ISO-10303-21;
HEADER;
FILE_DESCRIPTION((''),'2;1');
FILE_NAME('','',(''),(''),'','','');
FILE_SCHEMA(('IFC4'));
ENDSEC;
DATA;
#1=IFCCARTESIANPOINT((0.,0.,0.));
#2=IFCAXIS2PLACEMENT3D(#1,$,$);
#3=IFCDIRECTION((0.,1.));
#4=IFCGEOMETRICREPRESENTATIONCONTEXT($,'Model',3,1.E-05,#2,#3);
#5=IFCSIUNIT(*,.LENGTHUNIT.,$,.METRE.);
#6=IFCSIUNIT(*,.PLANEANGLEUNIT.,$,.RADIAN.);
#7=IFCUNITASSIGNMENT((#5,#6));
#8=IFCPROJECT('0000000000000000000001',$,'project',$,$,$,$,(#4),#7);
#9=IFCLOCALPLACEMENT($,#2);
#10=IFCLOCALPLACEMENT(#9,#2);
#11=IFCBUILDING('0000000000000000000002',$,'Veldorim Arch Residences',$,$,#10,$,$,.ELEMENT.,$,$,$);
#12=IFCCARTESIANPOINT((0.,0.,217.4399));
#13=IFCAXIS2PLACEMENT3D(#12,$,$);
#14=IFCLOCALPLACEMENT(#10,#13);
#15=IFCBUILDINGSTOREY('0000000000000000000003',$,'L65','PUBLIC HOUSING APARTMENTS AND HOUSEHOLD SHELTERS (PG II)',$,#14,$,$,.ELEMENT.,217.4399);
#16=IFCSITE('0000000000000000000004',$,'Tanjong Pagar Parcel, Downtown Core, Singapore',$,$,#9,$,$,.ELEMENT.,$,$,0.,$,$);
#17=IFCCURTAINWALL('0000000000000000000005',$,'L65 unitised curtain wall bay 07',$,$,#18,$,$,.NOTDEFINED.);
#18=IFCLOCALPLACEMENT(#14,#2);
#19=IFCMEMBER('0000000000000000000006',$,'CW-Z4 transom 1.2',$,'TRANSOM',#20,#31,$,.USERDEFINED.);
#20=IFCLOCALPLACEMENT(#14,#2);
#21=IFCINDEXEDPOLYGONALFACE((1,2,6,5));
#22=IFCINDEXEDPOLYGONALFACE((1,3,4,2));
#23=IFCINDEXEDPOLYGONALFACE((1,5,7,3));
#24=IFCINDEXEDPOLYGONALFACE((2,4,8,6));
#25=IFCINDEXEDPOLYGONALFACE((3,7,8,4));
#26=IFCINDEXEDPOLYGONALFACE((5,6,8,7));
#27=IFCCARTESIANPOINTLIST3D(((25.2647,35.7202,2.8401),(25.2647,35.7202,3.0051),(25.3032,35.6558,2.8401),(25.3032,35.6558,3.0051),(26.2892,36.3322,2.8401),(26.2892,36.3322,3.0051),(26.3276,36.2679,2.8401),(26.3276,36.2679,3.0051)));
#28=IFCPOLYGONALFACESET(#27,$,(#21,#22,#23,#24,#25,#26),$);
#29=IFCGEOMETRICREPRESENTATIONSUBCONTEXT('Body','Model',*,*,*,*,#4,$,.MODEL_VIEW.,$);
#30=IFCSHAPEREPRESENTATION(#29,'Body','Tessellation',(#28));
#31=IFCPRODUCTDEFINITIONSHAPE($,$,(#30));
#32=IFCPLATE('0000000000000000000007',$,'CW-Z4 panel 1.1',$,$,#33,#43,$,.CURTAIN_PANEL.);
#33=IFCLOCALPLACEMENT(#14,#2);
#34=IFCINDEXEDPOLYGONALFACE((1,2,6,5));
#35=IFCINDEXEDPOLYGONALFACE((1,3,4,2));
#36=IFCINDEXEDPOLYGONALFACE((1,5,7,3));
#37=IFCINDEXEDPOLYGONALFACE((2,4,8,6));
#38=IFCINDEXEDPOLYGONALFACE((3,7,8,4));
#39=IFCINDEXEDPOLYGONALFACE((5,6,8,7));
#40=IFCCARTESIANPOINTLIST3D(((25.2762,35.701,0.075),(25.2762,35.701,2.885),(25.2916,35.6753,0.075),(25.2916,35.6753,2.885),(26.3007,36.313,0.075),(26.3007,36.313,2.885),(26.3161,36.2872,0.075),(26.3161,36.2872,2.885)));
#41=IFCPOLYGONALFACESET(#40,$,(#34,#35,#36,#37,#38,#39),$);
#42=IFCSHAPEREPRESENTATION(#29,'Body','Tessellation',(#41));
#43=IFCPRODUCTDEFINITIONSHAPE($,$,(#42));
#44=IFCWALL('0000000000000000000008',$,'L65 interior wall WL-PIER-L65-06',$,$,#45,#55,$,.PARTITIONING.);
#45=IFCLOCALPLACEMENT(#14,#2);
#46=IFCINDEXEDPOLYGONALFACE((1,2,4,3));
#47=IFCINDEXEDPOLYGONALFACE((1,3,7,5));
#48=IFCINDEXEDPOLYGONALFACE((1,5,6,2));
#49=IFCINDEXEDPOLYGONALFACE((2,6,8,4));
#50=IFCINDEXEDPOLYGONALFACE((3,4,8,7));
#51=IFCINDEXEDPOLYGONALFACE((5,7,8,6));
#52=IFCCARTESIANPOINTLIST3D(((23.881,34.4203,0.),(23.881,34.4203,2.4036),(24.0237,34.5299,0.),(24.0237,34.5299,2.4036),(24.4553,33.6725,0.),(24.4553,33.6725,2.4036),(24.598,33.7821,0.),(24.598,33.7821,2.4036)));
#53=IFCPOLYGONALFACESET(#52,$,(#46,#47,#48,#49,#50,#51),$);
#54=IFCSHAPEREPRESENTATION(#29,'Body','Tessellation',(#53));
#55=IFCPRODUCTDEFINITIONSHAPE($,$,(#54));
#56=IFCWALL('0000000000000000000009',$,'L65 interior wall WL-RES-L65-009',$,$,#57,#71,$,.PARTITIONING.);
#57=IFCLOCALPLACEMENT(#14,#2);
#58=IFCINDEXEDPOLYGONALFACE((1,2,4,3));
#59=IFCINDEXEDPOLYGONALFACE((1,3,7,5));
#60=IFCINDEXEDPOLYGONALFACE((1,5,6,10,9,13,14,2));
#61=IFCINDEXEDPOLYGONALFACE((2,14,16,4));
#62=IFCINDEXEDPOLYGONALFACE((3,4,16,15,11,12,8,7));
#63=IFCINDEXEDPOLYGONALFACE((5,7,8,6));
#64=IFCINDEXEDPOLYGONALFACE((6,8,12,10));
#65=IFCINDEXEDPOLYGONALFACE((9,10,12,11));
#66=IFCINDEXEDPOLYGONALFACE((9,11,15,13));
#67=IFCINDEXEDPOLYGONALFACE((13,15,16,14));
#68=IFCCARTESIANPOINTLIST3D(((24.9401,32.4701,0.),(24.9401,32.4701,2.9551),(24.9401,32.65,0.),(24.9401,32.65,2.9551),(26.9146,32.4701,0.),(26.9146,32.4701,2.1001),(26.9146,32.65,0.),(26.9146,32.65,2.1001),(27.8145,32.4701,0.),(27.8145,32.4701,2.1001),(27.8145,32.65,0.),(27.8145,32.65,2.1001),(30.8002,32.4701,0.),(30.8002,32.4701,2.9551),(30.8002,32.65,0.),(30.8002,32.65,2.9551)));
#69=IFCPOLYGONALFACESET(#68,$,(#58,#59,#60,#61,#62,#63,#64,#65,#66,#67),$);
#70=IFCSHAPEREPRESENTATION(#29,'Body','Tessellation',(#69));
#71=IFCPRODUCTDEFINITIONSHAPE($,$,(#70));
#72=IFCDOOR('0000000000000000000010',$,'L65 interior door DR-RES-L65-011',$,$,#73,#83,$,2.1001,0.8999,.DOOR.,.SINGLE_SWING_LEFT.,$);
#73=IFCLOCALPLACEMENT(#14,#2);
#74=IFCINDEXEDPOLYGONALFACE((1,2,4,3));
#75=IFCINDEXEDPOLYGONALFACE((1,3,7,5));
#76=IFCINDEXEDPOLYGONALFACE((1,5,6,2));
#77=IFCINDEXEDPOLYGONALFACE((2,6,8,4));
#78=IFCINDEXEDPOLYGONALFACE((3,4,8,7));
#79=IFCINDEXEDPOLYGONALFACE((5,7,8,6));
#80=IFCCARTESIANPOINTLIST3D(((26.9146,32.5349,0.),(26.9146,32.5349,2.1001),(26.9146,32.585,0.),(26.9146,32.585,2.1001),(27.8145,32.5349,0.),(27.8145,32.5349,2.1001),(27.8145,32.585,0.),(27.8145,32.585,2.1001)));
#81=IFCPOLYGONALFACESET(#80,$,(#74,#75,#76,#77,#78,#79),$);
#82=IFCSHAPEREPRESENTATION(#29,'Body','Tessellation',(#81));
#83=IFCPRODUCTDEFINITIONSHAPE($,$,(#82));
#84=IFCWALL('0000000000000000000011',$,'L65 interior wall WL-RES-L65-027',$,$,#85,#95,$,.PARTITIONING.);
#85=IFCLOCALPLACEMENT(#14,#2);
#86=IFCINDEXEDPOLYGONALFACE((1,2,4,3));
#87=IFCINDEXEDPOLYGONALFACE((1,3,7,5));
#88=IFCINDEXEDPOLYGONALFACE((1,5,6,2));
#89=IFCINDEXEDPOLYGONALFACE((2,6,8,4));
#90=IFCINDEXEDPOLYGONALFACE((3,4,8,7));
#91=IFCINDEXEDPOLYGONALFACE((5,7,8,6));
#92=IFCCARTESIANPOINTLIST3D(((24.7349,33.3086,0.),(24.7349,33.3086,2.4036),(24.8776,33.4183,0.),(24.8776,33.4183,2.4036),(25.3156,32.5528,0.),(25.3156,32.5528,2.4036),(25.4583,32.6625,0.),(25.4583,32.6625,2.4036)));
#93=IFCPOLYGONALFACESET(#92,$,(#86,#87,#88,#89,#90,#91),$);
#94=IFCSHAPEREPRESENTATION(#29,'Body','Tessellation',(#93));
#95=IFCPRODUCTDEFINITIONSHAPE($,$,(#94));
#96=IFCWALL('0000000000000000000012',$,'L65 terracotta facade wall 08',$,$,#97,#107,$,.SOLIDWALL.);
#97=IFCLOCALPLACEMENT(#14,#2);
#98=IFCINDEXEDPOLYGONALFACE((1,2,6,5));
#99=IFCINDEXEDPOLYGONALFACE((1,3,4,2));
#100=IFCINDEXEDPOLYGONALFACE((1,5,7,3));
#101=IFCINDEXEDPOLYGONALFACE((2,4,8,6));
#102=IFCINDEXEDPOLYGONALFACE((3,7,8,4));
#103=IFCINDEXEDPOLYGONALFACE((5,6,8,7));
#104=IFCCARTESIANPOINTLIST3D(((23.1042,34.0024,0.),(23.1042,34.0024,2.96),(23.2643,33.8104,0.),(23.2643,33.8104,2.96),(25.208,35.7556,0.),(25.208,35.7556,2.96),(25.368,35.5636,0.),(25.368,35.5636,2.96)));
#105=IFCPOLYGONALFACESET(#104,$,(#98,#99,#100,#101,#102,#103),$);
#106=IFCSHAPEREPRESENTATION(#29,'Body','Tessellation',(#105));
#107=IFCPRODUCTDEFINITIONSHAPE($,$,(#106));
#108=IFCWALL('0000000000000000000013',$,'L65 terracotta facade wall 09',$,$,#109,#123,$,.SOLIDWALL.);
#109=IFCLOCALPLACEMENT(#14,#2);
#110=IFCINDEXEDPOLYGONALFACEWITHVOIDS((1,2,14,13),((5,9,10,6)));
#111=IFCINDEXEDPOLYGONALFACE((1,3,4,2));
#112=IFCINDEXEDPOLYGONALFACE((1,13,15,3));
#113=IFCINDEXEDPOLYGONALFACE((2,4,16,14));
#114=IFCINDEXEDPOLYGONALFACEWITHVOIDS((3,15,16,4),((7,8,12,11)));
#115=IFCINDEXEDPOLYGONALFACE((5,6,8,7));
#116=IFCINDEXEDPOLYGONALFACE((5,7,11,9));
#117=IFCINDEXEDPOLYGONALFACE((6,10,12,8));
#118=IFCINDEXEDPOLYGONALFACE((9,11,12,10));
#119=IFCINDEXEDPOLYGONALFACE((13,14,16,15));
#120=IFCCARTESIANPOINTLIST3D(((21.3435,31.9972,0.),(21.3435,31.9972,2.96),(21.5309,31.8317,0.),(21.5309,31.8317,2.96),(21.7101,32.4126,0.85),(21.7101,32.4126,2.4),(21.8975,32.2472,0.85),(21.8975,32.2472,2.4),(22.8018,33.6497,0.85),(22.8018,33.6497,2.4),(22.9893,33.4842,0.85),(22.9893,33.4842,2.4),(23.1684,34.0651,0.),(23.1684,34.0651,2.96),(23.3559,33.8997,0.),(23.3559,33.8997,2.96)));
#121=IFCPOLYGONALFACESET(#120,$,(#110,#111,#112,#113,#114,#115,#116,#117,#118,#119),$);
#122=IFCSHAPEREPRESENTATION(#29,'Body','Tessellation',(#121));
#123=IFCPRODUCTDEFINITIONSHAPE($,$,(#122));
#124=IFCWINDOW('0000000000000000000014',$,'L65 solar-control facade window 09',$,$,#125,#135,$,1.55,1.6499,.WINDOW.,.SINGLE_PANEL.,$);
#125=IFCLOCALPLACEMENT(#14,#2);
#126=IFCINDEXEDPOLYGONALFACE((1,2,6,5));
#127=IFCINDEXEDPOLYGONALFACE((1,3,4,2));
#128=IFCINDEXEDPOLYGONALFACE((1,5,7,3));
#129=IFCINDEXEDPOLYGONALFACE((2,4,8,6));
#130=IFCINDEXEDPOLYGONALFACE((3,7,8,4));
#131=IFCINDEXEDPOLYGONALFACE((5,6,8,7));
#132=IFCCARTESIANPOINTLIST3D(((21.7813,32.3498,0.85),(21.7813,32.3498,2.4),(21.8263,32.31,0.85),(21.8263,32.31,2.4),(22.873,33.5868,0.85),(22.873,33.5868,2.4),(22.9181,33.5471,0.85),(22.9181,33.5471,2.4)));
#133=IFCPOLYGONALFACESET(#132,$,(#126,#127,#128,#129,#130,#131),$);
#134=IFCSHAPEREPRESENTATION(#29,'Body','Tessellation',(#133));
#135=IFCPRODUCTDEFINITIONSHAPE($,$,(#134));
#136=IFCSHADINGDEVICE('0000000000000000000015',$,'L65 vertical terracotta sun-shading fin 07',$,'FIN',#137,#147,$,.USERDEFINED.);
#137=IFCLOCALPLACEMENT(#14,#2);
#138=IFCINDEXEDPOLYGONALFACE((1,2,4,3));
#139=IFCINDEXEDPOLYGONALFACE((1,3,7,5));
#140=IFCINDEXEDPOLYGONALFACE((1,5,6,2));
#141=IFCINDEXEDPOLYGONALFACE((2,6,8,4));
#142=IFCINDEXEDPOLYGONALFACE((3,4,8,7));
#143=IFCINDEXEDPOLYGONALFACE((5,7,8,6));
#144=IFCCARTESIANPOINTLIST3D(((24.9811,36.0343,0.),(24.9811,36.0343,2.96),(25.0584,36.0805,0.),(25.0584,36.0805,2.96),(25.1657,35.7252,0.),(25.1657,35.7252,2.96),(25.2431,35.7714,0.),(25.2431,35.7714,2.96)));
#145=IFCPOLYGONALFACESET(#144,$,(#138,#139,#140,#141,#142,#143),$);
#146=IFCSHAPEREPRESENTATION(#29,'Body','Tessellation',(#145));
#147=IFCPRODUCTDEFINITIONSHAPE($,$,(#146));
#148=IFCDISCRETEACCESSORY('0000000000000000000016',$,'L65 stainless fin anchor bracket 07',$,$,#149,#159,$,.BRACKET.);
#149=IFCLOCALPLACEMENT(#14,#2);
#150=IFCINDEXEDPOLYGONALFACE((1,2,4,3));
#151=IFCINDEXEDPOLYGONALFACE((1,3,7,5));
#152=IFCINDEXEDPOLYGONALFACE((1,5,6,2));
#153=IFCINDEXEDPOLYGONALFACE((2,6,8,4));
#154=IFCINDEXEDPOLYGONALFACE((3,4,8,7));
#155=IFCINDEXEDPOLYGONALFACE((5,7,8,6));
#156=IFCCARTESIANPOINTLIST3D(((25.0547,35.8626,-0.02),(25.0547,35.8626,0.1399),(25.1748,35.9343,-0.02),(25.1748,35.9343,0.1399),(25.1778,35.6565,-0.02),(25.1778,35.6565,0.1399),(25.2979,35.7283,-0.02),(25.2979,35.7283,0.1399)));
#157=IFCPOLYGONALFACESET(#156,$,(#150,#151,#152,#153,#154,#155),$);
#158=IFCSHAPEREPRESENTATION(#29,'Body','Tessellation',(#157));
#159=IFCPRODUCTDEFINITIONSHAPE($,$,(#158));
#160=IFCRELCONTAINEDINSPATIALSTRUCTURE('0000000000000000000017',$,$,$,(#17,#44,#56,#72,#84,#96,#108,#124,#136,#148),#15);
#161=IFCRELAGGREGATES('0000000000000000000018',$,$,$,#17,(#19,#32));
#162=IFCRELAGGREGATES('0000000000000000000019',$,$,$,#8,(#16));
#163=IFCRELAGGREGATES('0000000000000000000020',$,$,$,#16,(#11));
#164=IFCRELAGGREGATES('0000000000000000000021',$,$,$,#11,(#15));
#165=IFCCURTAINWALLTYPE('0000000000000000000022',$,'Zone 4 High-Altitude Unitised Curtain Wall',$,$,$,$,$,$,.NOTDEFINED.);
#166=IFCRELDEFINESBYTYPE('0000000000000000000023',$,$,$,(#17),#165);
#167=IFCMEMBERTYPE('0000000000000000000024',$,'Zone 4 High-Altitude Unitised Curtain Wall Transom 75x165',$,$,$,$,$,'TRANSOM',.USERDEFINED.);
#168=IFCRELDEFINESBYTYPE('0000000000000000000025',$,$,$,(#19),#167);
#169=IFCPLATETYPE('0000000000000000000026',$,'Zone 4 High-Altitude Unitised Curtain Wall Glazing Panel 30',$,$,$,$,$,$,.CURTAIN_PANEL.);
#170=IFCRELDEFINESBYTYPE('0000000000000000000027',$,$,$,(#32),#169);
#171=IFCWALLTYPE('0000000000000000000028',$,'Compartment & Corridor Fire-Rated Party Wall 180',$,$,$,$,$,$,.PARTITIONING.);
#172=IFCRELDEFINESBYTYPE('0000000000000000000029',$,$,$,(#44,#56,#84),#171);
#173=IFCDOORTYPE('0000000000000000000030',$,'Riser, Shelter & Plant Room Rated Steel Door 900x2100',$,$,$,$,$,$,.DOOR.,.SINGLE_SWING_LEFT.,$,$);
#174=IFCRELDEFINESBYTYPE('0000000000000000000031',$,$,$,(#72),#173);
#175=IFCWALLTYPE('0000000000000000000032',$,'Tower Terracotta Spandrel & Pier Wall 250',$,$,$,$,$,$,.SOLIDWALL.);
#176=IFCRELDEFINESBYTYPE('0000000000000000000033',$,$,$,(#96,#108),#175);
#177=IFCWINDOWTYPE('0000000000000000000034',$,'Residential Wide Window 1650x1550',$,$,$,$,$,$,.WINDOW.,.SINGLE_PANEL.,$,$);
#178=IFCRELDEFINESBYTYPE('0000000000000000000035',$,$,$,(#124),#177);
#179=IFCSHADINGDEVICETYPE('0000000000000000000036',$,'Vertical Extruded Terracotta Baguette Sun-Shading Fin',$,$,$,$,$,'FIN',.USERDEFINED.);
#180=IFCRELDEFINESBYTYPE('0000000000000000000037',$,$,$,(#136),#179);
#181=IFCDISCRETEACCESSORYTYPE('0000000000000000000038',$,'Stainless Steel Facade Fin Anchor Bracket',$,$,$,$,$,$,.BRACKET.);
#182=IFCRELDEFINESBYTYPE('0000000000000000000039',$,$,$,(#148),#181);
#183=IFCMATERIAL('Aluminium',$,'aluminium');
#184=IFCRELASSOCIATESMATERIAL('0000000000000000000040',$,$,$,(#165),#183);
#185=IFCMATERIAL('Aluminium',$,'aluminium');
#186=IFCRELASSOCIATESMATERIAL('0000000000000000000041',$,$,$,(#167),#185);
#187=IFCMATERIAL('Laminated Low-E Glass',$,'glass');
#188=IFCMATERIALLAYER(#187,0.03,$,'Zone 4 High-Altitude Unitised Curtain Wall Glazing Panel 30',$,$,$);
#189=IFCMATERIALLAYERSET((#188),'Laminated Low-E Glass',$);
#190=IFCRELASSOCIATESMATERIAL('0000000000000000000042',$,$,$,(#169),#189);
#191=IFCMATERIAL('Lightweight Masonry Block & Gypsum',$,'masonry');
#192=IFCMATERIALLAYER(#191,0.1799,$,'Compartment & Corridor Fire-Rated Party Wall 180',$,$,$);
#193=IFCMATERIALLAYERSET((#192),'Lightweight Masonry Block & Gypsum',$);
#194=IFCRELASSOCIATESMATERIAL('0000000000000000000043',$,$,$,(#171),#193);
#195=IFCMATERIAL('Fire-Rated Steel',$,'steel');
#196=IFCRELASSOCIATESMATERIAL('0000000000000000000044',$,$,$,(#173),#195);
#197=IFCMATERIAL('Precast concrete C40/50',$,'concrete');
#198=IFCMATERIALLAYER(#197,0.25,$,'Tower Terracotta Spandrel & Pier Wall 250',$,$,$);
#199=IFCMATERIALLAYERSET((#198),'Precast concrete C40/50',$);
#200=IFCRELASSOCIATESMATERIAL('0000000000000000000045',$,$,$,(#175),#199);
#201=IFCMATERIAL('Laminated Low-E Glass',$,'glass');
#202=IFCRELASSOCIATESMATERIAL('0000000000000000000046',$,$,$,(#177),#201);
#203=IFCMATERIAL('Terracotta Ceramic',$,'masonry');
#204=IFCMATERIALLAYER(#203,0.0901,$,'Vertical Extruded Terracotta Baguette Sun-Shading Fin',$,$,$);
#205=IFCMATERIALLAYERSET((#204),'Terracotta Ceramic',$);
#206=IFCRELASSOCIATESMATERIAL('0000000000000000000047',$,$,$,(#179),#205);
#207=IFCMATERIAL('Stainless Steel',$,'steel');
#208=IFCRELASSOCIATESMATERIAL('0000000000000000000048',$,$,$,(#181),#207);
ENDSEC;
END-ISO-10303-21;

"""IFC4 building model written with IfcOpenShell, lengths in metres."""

from ifc_helpers import new_model, si_unit, direction, frame, frame_2d, origin, origin_2d, place, context, subcontext, project, spatial, rectangle, extrude, material, layer, layer_set, material_profile, profile_set, type_object, element, fill, aggregate, save


model = new_model("IFC4")

# Units and contexts
model_context = context("Model", 3, precision=1e-05, world=origin(), true_north=direction((0.0, 1.0)))
body_context = subcontext(model_context, "Body", "Model", "MODEL_VIEW")
ifc_project = project(units=[si_unit("LENGTHUNIT", "METRE"), si_unit("PLANEANGLEUNIT", "RADIAN")], contexts=[model_context])

# Site, building, storey
site_placement = place(None, origin())
site = spatial("IfcSite", under=ifc_project, at=site_placement, Name="Tanjong Pagar Parcel, Downtown Core, Singapore", CompositionType="ELEMENT", RefElevation=0.0)
building_placement = place(site_placement, origin())
building = spatial("IfcBuilding", under=site, at=building_placement, Name="Veldorim Arch Residences", CompositionType="ELEMENT")
storey_placement = place(building_placement, frame((0.0, 0.0, 217.4399)))
storey = spatial("IfcBuildingStorey", under=building, at=storey_placement, Name="L65", Description="PUBLIC HOUSING APARTMENTS AND HOUSEHOLD SHELTERS (PG II)", CompositionType="ELEMENT", Elevation=217.4399)

# Curtain wall, member, plate
ifc_material_1 = material(Name="Aluminium", Category="aluminium")
curtain_wall_type = type_object("IfcCurtainWallType", Name="Zone 4 High-Altitude Unitised Curtain Wall", PredefinedType="NOTDEFINED", material=ifc_material_1)
curtain_wall_placement = place(storey_placement, origin())
curtain_wall = element("IfcCurtainWall", 1, at=curtain_wall_placement, inside=storey, type_object=curtain_wall_type, Name="L65 unitised curtain wall bay 07", PredefinedType="NOTDEFINED")
ifc_material_2 = material(Name="Aluminium", Category="aluminium")
ifc_material_profile_1 = material_profile(ifc_material_2, rectangle(XDim=0.075, YDim=0.165, at=origin_2d()), Name="ALU_TRN_75x165")
ifc_profile_set_1 = profile_set([ifc_material_profile_1], Name="Aluminium")
member_type_1 = type_object("IfcMemberType", Name="Zone 4 High-Altitude Unitised Curtain Wall Transom 75x165", ElementType="TRANSOM", PredefinedType="USERDEFINED", material=ifc_profile_set_1)
member_1_placement = place(storey_placement, frame((25.2839, 35.688, 2.9226), z_axis=(0.858448, 0.5129, 0.0), x_axis=(-0.5129, 0.858448, 0.0)))
member_1 = element("IfcMember", 2, at=member_1_placement, type_object=member_type_1, Name="CW-Z4 transom 1.2", ObjectType="TRANSOM", PredefinedType="USERDEFINED", context=body_context, shape_type="SweptSolid", body=[
    extrude(rectangle(XDim=0.075, YDim=0.165, at=origin_2d()), origin(), (0.0, 0.0, 1.0), 1.1934),
])
ifc_material_3 = material(Name="Laminated Low-E Glass", Category="glass")
ifc_layer_1 = layer(ifc_material_3, 0.03, Name="Zone 4 High-Altitude Unitised Curtain Wall Glazing Panel 30")
ifc_layer_set_1 = layer_set([ifc_layer_1], Name="Laminated Low-E Glass")
plate_type = type_object("IfcPlateType", Name="Zone 4 High-Altitude Unitised Curtain Wall Glazing Panel 30", PredefinedType="CURTAIN_PANEL", material=ifc_layer_set_1)
plate_placement = place(storey_placement, frame((25.7961, 35.9941, 0.075), z_axis=(0.0, 0.0, 1.0), x_axis=(0.858498, 0.512817, 0.0)))
plate = element("IfcPlate", 3, at=plate_placement, type_object=plate_type, Name="CW-Z4 panel 1.1", PredefinedType="CURTAIN_PANEL", context=body_context, shape_type="SweptSolid", body=[
    extrude(rectangle(XDim=1.1934, YDim=0.03, at=origin_2d()), origin(), (0.0, 0.0, 1.0), 2.8101),
])
aggregate(curtain_wall, [member_1, plate])

# Wall
ifc_material_4 = material(Name="Lightweight Masonry Block & Gypsum", Category="masonry")
ifc_layer_2 = layer(ifc_material_4, 0.1799, Name="Compartment & Corridor Fire-Rated Party Wall 180")
ifc_layer_set_2 = layer_set([ifc_layer_2], Name="Lightweight Masonry Block & Gypsum")
wall_type_1 = type_object("IfcWallType", Name="Compartment & Corridor Fire-Rated Party Wall 180", PredefinedType="PARTITIONING", material=ifc_layer_set_2)
wall_1_placement = place(storey_placement, frame((24.5266, 33.7273, 0.0), z_axis=(0.0, 0.0, 1.0), x_axis=(-0.609035, 0.793144, 0.0)))
element("IfcWall", 4, at=wall_1_placement, inside=storey, type_object=wall_type_1, Name="L65 interior wall WL-PIER-L65-06", PredefinedType="PARTITIONING", context=body_context, shape_type="SweptSolid", body=[
    extrude(rectangle(XDim=0.9429, YDim=0.1799, at=frame_2d((0.4714, 0.0))), origin(), (0.0, 0.0, 1.0), 2.4036),
])

# Wall, opening, door
wall_2_placement = place(storey_placement, frame((24.9399, 32.5601, 0.0), z_axis=(0.0, 0.0, 1.0), x_axis=(1.0, 0.0, 0.0)))
wall_2 = element("IfcWall", 5, at=wall_2_placement, inside=storey, type_object=wall_type_1, Name="L65 interior wall WL-RES-L65-009", PredefinedType="PARTITIONING", context=body_context, shape_type="SweptSolid", body=[
    extrude(rectangle(XDim=5.8601, YDim=0.1799, at=frame_2d((2.9302, 0.0))), origin(), (0.0, 0.0, 1.0), 2.9551),
])
opening_1_placement = place(wall_2_placement, frame((1.9746, 0.0, 0.0)))
opening_1 = element("IfcOpeningElement", 6, at=opening_1_placement, cuts=wall_2, PredefinedType="OPENING", context=body_context, shape_type="SweptSolid", body=[
    extrude(rectangle(XDim=0.8999, YDim=2.1001, at=frame_2d((0.45, 1.05))), frame((0.0, 0.0999, 0.0), z_axis=(0.0, -1.0, 0.0), x_axis=(1.0, 0.0, 0.0)), (0.0, 0.0, 1.0), 0.2),
])
ifc_material_5 = material(Name="Fire-Rated Steel", Category="steel")
door_type_1 = type_object("IfcDoorType", Name="Riser, Shelter & Plant Room Rated Steel Door 900x2100", OperationType="SINGLE_SWING_LEFT", PredefinedType="DOOR", material=ifc_material_5)
door_1_placement = place(opening_1_placement, origin())
door_1 = element("IfcDoor", 7, at=door_1_placement, inside=storey, type_object=door_type_1, Name="L65 interior door DR-RES-L65-011", OperationType="SINGLE_SWING_LEFT", OverallHeight=2.1001, OverallWidth=0.8999, PredefinedType="DOOR", context=body_context, shape_type="SweptSolid", body=[
    extrude(rectangle(XDim=0.8999, YDim=2.1001, at=frame_2d((0.45, 1.05))), frame((0.0, 0.0249, 0.0), z_axis=(0.0, -1.0, 0.0), x_axis=(1.0, 0.0, 0.0)), (0.0, 0.0, 1.0), 0.05),
])
fill(opening_1, door_1)

# Walls
wall_3_placement = place(storey_placement, frame((25.387, 32.6077, 0.0), z_axis=(0.0, 0.0, 1.0), x_axis=(-0.609302, 0.792938, 0.0)))
element("IfcWall", 8, at=wall_3_placement, inside=storey, type_object=wall_type_1, Name="L65 interior wall WL-RES-L65-027", PredefinedType="PARTITIONING", context=body_context, shape_type="SweptSolid", body=[
    extrude(rectangle(XDim=0.9531, YDim=0.1799, at=frame_2d((0.4766, 0.0))), origin(), (0.0, 0.0, 1.0), 2.4036),
])
ifc_material_6 = material(Name="Precast concrete C40/50", Category="concrete")
ifc_layer_3 = layer(ifc_material_6, 0.25, Name="Tower Terracotta Spandrel & Pier Wall 250")
ifc_layer_set_3 = layer_set([ifc_layer_3], Name="Precast concrete C40/50")
wall_type_2 = type_object("IfcWallType", Name="Tower Terracotta Spandrel & Pier Wall 250", PredefinedType="SOLIDWALL", material=ifc_layer_set_3)
wall_4_placement = place(storey_placement, frame((23.1843, 33.9065, 0.0), z_axis=(0.0, 0.0, 1.0), x_axis=(0.768214, 0.640193, 0.0)))
element("IfcWall", 9, at=wall_4_placement, inside=storey, type_object=wall_type_2, Name="L65 terracotta facade wall 08", PredefinedType="SOLIDWALL", context=body_context, shape_type="SweptSolid", body=[
    extrude(rectangle(XDim=2.7385, YDim=0.25, at=frame_2d((1.3691, 0.0))), origin(), (0.0, 0.0, 1.0), 2.96),
])

# Wall, opening, window
wall_5_placement = place(storey_placement, frame((21.4373, 31.9146, 0.0), z_axis=(0.0, 0.0, 1.0), x_axis=(0.661695, 0.749773, 0.0)))
wall_5 = element("IfcWall", 10, at=wall_5_placement, inside=storey, type_object=wall_type_2, Name="L65 terracotta facade wall 09", PredefinedType="SOLIDWALL", context=body_context, shape_type="SweptSolid", body=[
    extrude(rectangle(XDim=2.7581, YDim=0.25, at=frame_2d((1.3789, 0.0))), origin(), (0.0, 0.0, 1.0), 2.96),
])
opening_2_placement = place(wall_5_placement, frame((0.554, 0.0, 0.8501)))
opening_2 = element("IfcOpeningElement", 11, at=opening_2_placement, cuts=wall_5, PredefinedType="OPENING", context=body_context, shape_type="SweptSolid", body=[
    extrude(rectangle(XDim=1.6499, YDim=1.55, at=frame_2d((0.825, 0.7749))), frame((0.0, 0.135, 0.0), z_axis=(0.0, -1.0, 0.0), x_axis=(1.0, 0.0, 0.0)), (0.0, 0.0, 1.0), 0.27),
])
ifc_material_7 = material(Name="Laminated Low-E Glass", Category="glass")
window_type = type_object("IfcWindowType", Name="Residential Wide Window 1650x1550", PartitioningType="SINGLE_PANEL", PredefinedType="WINDOW", material=ifc_material_7)
window_placement = place(opening_2_placement, origin())
window = element("IfcWindow", 12, at=window_placement, inside=storey, type_object=window_type, Name="L65 solar-control facade window 09", OverallHeight=1.55, OverallWidth=1.6499, PartitioningType="SINGLE_PANEL", PredefinedType="WINDOW", context=body_context, shape_type="SweptSolid", body=[
    extrude(rectangle(XDim=1.6499, YDim=1.55, at=frame_2d((0.825, 0.7749))), frame((0.0, 0.03, 0.0), z_axis=(0.0, -1.0, 0.0), x_axis=(1.0, 0.0, 0.0)), (0.0, 0.0, 1.0), 0.0601),
])
fill(opening_2, window)

# Shading device
ifc_material_8 = material(Name="Terracotta Ceramic", Category="masonry")
ifc_layer_4 = layer(ifc_material_8, 0.0901, Name="Vertical Extruded Terracotta Baguette Sun-Shading Fin")
ifc_layer_set_4 = layer_set([ifc_layer_4], Name="Terracotta Ceramic")
shading_device_type = type_object("IfcShadingDeviceType", Name="Vertical Extruded Terracotta Baguette Sun-Shading Fin", ElementType="FIN", PredefinedType="USERDEFINED", material=ifc_layer_set_4)
shading_device_placement = place(storey_placement, frame((25.1121, 35.9028, 0.0), z_axis=(0.0, 0.0, 1.0), x_axis=(0.858513, 0.512792, 0.0)))
element("IfcShadingDevice", 13, at=shading_device_placement, inside=storey, type_object=shading_device_type, Name="L65 vertical terracotta sun-shading fin 07", ObjectType="FIN", PredefinedType="USERDEFINED", context=body_context, shape_type="SweptSolid", body=[
    extrude(rectangle(XDim=0.0901, YDim=0.3601, at=origin_2d()), origin(), (0.0, 0.0, 1.0), 2.96),
])

# Discrete accessory
ifc_material_9 = material(Name="Stainless Steel", Category="steel")
discrete_accessory_type = type_object("IfcDiscreteAccessoryType", Name="Stainless Steel Facade Fin Anchor Bracket", PredefinedType="BRACKET", material=ifc_material_9)
discrete_accessory_placement = place(storey_placement, frame((25.1763, 35.7954, -0.02), z_axis=(0.0, 0.0, 1.0), x_axis=(0.858513, 0.512792, 0.0)))
element("IfcDiscreteAccessory", 14, at=discrete_accessory_placement, inside=storey, type_object=discrete_accessory_type, Name="L65 stainless fin anchor bracket 07", PredefinedType="BRACKET", context=body_context, shape_type="SweptSolid", body=[
    extrude(rectangle(XDim=0.1399, YDim=0.24, at=origin_2d()), origin(), (0.0, 0.0, 1.0), 0.1599),
])

save(model, "model.ifc")
